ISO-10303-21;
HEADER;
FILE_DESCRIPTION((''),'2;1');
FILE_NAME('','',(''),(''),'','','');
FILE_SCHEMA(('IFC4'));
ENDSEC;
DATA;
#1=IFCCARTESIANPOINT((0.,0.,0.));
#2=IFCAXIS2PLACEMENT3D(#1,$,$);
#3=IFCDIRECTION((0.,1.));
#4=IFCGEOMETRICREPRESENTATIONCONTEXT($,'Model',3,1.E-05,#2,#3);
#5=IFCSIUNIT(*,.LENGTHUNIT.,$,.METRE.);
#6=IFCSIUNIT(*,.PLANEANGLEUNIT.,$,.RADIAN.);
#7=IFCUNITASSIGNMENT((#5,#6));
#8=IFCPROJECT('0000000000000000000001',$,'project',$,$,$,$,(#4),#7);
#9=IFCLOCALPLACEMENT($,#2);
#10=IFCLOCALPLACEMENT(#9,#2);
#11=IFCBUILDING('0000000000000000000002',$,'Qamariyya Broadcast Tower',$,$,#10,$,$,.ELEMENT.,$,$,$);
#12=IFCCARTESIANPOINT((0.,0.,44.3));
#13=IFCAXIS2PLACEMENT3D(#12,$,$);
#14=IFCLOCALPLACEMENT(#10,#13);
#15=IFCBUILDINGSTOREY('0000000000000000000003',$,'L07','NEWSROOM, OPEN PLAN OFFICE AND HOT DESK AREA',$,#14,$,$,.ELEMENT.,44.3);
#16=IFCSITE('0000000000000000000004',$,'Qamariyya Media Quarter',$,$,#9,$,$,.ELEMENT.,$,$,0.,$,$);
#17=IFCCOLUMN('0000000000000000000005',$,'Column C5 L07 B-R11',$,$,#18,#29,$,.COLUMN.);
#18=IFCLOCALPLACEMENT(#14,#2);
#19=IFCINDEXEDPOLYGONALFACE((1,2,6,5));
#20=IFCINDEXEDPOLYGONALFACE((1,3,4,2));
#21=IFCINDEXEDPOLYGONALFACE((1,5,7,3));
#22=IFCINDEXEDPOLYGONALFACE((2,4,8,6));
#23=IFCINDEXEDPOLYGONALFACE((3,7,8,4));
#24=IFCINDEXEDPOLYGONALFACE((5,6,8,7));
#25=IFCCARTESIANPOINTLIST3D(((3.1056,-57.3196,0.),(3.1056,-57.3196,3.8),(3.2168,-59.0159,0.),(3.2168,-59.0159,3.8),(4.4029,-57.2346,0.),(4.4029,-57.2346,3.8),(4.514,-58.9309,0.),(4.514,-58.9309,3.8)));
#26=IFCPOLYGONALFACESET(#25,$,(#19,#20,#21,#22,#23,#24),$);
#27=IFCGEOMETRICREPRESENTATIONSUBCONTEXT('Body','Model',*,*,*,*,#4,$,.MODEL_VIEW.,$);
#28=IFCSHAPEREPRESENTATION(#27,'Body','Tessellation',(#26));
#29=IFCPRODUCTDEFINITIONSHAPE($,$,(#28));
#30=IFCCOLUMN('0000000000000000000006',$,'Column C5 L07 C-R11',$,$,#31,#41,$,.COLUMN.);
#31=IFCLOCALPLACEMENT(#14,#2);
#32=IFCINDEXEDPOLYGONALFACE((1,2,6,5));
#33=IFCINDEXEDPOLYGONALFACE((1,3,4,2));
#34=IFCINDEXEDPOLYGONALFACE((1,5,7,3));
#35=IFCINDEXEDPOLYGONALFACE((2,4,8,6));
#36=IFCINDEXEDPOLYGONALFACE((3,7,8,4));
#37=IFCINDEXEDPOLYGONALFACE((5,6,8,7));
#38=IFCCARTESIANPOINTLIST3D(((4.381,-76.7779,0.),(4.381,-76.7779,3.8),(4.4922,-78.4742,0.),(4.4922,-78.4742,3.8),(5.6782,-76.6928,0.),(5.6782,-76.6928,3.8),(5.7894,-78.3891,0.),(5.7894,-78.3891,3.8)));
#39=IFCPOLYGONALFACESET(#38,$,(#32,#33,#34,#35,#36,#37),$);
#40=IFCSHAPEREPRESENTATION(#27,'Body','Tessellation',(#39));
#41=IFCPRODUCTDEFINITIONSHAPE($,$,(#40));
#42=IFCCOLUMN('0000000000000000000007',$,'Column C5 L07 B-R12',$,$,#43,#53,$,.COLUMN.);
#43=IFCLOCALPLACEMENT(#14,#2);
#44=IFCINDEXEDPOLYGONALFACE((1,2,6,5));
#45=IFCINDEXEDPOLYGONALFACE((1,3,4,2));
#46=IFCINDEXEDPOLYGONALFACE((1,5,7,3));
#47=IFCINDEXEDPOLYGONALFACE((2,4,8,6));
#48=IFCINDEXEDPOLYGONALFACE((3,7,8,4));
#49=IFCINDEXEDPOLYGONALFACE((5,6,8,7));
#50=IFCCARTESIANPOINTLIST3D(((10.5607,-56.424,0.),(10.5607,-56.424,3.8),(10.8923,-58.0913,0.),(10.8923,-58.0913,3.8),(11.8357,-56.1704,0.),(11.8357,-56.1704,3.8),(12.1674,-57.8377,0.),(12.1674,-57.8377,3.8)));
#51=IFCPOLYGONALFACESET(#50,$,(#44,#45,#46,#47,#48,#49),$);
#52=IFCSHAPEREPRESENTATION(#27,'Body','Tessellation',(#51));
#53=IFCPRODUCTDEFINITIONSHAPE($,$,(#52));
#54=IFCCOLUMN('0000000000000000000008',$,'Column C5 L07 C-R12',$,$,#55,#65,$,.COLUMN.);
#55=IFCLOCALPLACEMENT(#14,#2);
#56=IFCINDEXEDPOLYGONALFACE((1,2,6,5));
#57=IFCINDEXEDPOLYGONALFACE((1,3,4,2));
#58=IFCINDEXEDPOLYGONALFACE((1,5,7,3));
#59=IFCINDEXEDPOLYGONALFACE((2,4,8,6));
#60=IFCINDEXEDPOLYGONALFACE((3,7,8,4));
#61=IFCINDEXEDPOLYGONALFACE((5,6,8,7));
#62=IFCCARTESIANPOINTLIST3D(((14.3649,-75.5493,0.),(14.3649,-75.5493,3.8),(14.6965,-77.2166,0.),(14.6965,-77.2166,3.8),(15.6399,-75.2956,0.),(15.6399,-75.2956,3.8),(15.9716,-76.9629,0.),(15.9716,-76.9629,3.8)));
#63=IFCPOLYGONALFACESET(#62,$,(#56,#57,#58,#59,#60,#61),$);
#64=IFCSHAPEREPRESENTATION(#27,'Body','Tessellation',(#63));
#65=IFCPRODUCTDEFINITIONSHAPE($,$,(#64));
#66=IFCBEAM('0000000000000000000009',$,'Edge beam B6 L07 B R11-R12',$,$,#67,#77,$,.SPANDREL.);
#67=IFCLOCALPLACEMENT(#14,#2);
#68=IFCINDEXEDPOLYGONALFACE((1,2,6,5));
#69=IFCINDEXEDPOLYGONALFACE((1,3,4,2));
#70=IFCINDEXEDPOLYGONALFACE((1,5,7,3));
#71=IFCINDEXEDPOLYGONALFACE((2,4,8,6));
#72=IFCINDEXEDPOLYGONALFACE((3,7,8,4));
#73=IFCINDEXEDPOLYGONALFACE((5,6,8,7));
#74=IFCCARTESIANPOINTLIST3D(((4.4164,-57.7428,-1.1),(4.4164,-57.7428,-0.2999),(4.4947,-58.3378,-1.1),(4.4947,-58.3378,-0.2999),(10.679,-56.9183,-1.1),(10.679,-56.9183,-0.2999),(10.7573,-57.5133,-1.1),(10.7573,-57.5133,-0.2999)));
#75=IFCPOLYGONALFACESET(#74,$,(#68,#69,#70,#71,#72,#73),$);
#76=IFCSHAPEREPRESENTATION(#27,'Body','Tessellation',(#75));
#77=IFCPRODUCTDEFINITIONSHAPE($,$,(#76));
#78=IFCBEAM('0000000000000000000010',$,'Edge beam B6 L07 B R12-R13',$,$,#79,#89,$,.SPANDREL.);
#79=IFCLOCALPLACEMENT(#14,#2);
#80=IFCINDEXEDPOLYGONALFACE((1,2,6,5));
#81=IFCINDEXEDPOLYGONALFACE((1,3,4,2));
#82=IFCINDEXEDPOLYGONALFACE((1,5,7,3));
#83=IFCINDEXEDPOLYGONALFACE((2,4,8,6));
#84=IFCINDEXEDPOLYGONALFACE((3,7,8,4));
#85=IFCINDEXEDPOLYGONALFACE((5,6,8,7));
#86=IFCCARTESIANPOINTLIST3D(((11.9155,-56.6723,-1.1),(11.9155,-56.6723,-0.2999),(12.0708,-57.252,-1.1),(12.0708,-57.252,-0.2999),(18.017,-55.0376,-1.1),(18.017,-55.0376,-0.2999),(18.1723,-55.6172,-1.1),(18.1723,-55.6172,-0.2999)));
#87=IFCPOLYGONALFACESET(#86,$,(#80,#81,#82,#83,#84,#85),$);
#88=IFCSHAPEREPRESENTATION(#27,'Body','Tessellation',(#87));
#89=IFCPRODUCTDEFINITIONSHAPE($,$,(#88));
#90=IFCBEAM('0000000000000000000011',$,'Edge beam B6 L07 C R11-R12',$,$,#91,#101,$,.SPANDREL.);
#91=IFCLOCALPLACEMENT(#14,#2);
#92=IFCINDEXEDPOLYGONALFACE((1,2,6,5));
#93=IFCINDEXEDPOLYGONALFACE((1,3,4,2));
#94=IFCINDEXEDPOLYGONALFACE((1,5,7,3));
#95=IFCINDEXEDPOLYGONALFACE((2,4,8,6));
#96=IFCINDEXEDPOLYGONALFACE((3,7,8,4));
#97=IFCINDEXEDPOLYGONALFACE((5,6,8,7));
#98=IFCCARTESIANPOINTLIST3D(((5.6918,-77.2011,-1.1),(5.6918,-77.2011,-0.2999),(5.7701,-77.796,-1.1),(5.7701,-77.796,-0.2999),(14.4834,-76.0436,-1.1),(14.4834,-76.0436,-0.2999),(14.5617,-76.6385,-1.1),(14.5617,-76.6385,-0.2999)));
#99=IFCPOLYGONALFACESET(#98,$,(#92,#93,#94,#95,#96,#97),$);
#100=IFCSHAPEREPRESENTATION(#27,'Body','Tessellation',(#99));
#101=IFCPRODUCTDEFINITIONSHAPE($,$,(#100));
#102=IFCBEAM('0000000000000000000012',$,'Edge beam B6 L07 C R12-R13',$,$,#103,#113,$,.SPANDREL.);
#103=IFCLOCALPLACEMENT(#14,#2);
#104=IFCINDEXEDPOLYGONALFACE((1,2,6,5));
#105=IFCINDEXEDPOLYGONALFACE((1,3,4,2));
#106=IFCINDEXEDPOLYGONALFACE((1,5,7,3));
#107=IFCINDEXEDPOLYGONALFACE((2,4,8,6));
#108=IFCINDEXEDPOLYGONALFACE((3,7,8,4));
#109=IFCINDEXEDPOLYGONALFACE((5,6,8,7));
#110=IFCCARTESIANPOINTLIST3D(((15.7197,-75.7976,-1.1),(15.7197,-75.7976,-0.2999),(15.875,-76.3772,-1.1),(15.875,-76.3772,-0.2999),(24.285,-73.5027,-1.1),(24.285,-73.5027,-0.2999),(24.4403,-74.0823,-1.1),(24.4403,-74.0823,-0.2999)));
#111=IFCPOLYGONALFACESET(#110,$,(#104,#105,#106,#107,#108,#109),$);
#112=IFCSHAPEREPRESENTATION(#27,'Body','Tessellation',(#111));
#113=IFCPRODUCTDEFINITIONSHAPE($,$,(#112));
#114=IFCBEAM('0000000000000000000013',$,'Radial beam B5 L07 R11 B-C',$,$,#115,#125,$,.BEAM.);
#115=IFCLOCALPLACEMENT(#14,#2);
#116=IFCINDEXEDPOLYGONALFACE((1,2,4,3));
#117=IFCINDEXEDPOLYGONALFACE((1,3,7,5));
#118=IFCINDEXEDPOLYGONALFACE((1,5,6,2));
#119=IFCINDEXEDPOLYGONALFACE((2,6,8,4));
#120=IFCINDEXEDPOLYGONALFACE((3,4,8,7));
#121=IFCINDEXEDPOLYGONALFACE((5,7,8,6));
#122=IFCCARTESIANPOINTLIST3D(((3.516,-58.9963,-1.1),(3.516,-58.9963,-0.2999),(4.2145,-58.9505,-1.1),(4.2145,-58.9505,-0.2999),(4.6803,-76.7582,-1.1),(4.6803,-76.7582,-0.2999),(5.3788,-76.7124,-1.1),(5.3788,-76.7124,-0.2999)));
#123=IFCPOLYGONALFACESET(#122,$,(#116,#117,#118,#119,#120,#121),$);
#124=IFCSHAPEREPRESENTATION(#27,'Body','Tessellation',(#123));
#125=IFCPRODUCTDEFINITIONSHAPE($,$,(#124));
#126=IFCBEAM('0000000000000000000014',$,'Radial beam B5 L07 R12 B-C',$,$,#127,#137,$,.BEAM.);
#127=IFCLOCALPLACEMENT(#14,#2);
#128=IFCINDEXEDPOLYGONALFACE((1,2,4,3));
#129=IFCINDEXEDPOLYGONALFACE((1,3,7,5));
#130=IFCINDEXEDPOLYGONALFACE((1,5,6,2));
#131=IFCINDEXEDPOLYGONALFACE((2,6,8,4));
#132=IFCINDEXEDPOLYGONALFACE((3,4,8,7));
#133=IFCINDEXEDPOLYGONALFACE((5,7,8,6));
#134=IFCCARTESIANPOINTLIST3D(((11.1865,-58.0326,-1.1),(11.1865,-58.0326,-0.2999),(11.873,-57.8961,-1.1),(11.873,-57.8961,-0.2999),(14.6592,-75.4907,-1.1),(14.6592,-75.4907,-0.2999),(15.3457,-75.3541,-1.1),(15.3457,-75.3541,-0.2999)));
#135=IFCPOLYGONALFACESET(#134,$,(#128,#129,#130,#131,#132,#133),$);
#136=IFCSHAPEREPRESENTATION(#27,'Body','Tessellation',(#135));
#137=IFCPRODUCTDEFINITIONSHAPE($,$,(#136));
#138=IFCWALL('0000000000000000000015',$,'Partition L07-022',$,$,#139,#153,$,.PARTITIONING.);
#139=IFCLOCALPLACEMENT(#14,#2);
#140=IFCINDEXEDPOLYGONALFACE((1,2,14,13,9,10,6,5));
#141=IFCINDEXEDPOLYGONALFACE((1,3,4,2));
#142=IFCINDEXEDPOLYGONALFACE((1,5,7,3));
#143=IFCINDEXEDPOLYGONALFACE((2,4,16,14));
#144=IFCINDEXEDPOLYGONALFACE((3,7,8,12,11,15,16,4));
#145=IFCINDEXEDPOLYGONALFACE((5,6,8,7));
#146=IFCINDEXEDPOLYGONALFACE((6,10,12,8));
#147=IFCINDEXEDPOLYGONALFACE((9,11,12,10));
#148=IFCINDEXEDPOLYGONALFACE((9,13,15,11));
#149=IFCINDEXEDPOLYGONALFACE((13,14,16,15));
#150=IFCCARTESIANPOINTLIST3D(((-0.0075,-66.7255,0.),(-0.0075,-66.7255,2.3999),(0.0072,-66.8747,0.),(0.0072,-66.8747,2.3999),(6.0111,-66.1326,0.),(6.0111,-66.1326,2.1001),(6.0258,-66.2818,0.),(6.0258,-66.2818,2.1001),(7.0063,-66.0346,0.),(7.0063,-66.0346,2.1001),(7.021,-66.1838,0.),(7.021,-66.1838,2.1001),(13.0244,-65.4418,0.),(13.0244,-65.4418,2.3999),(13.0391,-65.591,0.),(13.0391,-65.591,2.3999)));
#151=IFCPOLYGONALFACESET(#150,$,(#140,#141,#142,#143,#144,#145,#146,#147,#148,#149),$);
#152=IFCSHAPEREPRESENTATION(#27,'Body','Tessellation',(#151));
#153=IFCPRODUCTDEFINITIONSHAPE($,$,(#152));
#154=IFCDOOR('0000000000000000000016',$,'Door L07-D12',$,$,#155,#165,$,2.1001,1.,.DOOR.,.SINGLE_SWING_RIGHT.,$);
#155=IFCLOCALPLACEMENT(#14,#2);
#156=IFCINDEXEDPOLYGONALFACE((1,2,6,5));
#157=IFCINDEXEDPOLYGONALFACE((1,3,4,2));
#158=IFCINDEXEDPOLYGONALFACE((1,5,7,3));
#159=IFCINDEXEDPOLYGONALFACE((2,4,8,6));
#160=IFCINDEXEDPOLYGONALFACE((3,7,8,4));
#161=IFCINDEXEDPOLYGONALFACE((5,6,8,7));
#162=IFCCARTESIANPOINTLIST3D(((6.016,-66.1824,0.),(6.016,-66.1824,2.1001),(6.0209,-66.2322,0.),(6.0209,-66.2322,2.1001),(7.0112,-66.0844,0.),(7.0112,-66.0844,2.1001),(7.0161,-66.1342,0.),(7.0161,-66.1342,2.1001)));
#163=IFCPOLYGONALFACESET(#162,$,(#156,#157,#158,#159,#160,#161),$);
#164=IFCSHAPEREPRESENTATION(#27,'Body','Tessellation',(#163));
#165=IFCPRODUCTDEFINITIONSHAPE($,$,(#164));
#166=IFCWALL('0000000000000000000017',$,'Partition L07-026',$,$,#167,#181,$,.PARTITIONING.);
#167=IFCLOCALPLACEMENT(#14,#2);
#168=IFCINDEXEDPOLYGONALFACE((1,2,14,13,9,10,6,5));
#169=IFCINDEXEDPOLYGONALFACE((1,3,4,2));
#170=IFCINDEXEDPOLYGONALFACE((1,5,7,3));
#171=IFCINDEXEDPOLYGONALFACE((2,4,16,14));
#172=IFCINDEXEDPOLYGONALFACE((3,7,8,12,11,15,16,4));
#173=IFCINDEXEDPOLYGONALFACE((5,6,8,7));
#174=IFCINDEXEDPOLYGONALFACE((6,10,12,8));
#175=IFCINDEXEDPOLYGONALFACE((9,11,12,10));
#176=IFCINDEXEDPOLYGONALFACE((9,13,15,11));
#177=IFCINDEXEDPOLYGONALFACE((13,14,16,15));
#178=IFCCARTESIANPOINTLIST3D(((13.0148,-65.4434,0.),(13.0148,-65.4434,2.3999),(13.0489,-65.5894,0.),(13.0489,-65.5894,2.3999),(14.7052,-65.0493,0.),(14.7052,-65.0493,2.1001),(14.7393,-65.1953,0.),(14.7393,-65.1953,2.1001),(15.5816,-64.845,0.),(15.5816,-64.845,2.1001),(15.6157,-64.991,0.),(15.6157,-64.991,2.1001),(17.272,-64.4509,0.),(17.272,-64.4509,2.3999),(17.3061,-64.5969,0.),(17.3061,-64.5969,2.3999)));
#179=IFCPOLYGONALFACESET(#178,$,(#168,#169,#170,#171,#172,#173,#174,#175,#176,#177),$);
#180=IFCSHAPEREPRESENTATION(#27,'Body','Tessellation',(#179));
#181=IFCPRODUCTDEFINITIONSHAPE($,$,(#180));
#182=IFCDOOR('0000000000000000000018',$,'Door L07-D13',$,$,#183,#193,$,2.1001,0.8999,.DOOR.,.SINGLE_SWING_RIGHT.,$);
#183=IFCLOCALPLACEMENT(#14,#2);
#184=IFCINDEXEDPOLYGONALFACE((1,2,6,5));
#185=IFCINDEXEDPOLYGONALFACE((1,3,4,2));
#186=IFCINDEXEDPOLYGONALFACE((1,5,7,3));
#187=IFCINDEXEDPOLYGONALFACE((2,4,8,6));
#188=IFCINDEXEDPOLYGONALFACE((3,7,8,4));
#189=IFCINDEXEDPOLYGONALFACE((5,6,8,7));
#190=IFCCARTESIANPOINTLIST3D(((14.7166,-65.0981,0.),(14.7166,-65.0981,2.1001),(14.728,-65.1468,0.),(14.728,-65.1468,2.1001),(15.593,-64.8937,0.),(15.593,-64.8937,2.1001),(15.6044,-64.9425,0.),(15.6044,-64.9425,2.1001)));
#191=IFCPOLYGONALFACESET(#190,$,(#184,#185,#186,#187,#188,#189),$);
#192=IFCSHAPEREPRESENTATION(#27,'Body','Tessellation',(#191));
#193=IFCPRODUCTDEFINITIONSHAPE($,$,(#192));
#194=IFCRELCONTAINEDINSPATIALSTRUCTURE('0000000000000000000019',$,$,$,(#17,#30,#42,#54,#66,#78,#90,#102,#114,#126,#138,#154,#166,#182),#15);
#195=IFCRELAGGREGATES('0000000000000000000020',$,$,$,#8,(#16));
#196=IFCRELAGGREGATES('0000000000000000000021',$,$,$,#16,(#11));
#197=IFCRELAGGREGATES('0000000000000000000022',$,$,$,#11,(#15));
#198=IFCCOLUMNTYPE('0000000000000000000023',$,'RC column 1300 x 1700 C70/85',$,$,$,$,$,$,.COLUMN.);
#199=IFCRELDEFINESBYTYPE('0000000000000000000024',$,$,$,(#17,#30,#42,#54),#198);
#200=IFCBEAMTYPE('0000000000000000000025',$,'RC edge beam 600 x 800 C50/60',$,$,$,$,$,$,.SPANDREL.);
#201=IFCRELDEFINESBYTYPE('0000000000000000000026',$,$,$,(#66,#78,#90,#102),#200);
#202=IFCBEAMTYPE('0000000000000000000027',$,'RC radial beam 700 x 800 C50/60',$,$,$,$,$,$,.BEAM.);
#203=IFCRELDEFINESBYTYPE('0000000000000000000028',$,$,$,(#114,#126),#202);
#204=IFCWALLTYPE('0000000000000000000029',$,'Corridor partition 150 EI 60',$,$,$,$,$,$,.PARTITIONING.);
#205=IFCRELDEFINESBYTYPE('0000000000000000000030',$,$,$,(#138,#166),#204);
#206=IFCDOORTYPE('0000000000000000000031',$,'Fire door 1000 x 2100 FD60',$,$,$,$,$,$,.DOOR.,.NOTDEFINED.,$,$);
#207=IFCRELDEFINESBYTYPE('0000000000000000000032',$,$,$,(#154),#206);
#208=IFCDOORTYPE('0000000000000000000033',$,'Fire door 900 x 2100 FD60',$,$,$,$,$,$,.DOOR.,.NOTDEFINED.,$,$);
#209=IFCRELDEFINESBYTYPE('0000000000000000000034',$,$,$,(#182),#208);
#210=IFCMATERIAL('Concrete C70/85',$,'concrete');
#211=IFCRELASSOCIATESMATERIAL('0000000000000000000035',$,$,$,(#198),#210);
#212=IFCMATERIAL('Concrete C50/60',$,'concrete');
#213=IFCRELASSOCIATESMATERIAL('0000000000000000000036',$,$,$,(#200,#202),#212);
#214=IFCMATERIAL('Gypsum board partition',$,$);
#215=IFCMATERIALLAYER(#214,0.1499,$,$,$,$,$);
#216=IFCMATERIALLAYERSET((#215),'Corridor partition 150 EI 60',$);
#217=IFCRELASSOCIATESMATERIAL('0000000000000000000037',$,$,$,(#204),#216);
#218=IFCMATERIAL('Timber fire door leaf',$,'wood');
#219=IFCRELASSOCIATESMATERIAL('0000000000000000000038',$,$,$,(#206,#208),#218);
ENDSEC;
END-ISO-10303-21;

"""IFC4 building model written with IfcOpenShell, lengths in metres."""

from ifc_helpers import new_model, si_unit, direction, frame, frame_2d, origin, origin_2d, place, context, subcontext, project, spatial, rectangle, extrude, material, layer, layer_set, material_profile, profile_set, type_object, element, fill, save


model = new_model("IFC4")

# Units and contexts
model_context = context("Model", 3, precision=1e-05, world=origin(), true_north=direction((0.0, 1.0)))
body_context = subcontext(model_context, "Body", "Model", "MODEL_VIEW")
ifc_project = project(units=[si_unit("LENGTHUNIT", "METRE"), si_unit("PLANEANGLEUNIT", "RADIAN")], contexts=[model_context])

# Site, building, storey
site_placement = place(None, origin())
site = spatial("IfcSite", under=ifc_project, at=site_placement, Name="Qamariyya Media Quarter", CompositionType="ELEMENT", RefElevation=0.0)
building_placement = place(site_placement, origin())
building = spatial("IfcBuilding", under=site, at=building_placement, Name="Qamariyya Broadcast Tower", CompositionType="ELEMENT")
storey_placement = place(building_placement, frame((0.0, 0.0, 44.3)))
storey = spatial("IfcBuildingStorey", under=building, at=storey_placement, Name="L07", Description="NEWSROOM, OPEN PLAN OFFICE AND HOT DESK AREA", CompositionType="ELEMENT", Elevation=44.3)

# Columns
ifc_material_1 = material(Name="Concrete C70/85", Category="concrete")
ifc_material_profile_1 = material_profile(ifc_material_1, rectangle(XDim=1.3, YDim=1.7, at=origin_2d()))
ifc_profile_set_1 = profile_set([ifc_material_profile_1], Name="Concrete C70/85")
column_type = type_object("IfcColumnType", Name="RC column 1300 x 1700 C70/85", PredefinedType="COLUMN", material=ifc_profile_set_1)
for number, where, z_axis, x_axis, name in (
    (1, (3.8098, -58.1252, 0.0), (0.0, 0.0, 1.0), (0.997859, 0.065403, 0.0), "Column C5 L07 B-R11"),
    (2, (5.0852, -77.5835, 0.0), (0.0, 0.0, 1.0), (0.997859, 0.065403, 0.0), "Column C5 L07 C-R11"),
    (3, (11.364, -57.1309, 0.0), (0.0, 0.0, 1.0), (0.980785, 0.19509, 0.0), "Column C5 L07 B-R12"),
    (4, (15.1682, -76.2561, 0.0), (0.0, 0.0, 1.0), (0.980785, 0.19509, 0.0), "Column C5 L07 C-R12"),
):
    element("IfcColumn", number, at=place(storey_placement, frame(where, z_axis=z_axis, x_axis=x_axis)), inside=storey, type_object=column_type, Name=name, PredefinedType="COLUMN", context=body_context, shape_type="SweptSolid", body=[
        extrude(rectangle(XDim=1.3, YDim=1.7, at=origin_2d()), origin(), (0.0, 0.0, 1.0), 3.8),
    ])

# Beams
ifc_material_2 = material(Name="Concrete C50/60", Category="concrete")
ifc_material_profile_2 = material_profile(ifc_material_2, rectangle(XDim=0.6001, YDim=0.8, at=origin_2d()))
ifc_profile_set_2 = profile_set([ifc_material_profile_2], Name="Concrete C50/60")
beam_type_1 = type_object("IfcBeamType", Name="RC edge beam 600 x 800 C50/60", PredefinedType="SPANDREL", material=ifc_profile_set_2)
for number, where, z_axis, x_axis, name in (
    (5, (4.4556, -58.0403, -0.7), (0.991446, 0.13052, 0.0), (-0.13052, 0.991446, 0.0), "Edge beam B6 L07 B R11-R12"),
    (6, (11.9932, -56.9622, -0.7), (0.965931, 0.258798, 0.0), (-0.258798, 0.965931, 0.0), "Edge beam B6 L07 B R12-R13"),
):
    element("IfcBeam", number, at=place(storey_placement, frame(where, z_axis=z_axis, x_axis=x_axis)), inside=storey, type_object=beam_type_1, Name=name, PredefinedType="SPANDREL", context=body_context, shape_type="SweptSolid", body=[
        extrude(rectangle(XDim=0.6001, YDim=0.8, at=origin_2d()), origin(), (0.0, 0.0, 1.0), 6.3167),
    ])
for number, where, z_axis, x_axis, name in (
    (7, (5.731, -77.4985, -0.7), (0.991444, 0.130531, 0.0), (-0.130531, 0.991444, 0.0), "Edge beam B6 L07 C R11-R12"),
    (8, (15.7974, -76.0874, -0.7), (0.965931, 0.2588, 0.0), (-0.2588, 0.965931, 0.0), "Edge beam B6 L07 C R12-R13"),
):
    element("IfcBeam", number, at=place(storey_placement, frame(where, z_axis=z_axis, x_axis=x_axis)), inside=storey, type_object=beam_type_1, Name=name, PredefinedType="SPANDREL", context=body_context, shape_type="SweptSolid", body=[
        extrude(rectangle(XDim=0.6001, YDim=0.8, at=origin_2d()), origin(), (0.0, 0.0, 1.0), 8.8674),
    ])
ifc_material_profile_3 = material_profile(ifc_material_2, rectangle(XDim=0.7, YDim=0.8, at=origin_2d()))
ifc_profile_set_3 = profile_set([ifc_material_profile_3], Name="Concrete C50/60")
beam_type_2 = type_object("IfcBeamType", Name="RC radial beam 700 x 800 C50/60", PredefinedType="BEAM", material=ifc_profile_set_3)
for number, where, z_axis, x_axis, name in (
    (9, (3.8652, -58.9734, -0.7), (0.06541, -0.997858, 0.0), (0.997858, 0.06541, 0.0), "Radial beam B5 L07 R11 B-C"),
    (10, (11.5298, -57.9644, -0.7), (0.195093, -0.980785, 0.0), (0.980785, 0.195093, 0.0), "Radial beam B5 L07 R12 B-C"),
):
    element("IfcBeam", number, at=place(storey_placement, frame(where, z_axis=z_axis, x_axis=x_axis)), inside=storey, type_object=beam_type_2, Name=name, PredefinedType="BEAM", context=body_context, shape_type="SweptSolid", body=[
        extrude(rectangle(XDim=0.7, YDim=0.8, at=origin_2d()), origin(), (0.0, 0.0, 1.0), 17.8),
    ])

# Walls, openings, doors
ifc_material_3 = material(Name="Gypsum board partition")
ifc_layer_1 = layer(ifc_material_3, 0.1499)
ifc_layer_set_1 = layer_set([ifc_layer_1], Name="Corridor partition 150 EI 60")
wall_type_1 = type_object("IfcWallType", Name="Corridor partition 150 EI 60", PredefinedType="PARTITIONING", material=ifc_layer_set_1)
wall_1_placement = place(storey_placement, frame((0.0, -66.8, 0.0), z_axis=(0.0, 0.0, 1.0), x_axis=(0.995184, 0.098029, 0.0)))
wall_1 = element("IfcWall", 11, at=wall_1_placement, inside=storey, type_object=wall_type_1, Name="Partition L07-022", PredefinedType="PARTITIONING", context=body_context, shape_type="SweptSolid", body=[
    extrude(rectangle(XDim=13.095, YDim=0.1499, at=frame_2d((6.5474, 0.0))), origin(), (0.0, 0.0, 1.0), 2.3999),
])
opening_1_placement = place(wall_1_placement, frame((6.0476, 0.0, 0.0)))
opening_1 = element("IfcOpeningElement", 12, at=opening_1_placement, cuts=wall_1, PredefinedType="OPENING", context=body_context, shape_type="SweptSolid", body=[
    extrude(rectangle(XDim=1.0, YDim=2.1001, at=frame_2d((0.5, 1.05))), frame((0.0, 0.085, 0.0), z_axis=(0.0, -1.0, 0.0), x_axis=(1.0, 0.0, 0.0)), (0.0, 0.0, 1.0), 0.1699),
])
ifc_material_4 = material(Name="Timber fire door leaf", Category="wood")
door_type_1 = type_object("IfcDoorType", Name="Fire door 1000 x 2100 FD60", OperationType="NOTDEFINED", PredefinedType="DOOR", material=ifc_material_4)
door_1_placement = place(opening_1_placement, origin())
door_1 = element("IfcDoor", 13, at=door_1_placement, inside=storey, type_object=door_type_1, Name="Door L07-D12", OperationType="SINGLE_SWING_RIGHT", OverallHeight=2.1001, OverallWidth=1.0, PredefinedType="DOOR", context=body_context, shape_type="SweptSolid", body=[
    extrude(rectangle(XDim=1.0, YDim=2.1001, at=frame_2d((0.5, 1.05))), frame((0.0, 0.0249, 0.0), z_axis=(0.0, -1.0, 0.0), x_axis=(1.0, 0.0, 0.0)), (0.0, 0.0, 1.0), 0.05),
])
fill(opening_1, door_1)
wall_2_placement = place(storey_placement, frame((13.032, -65.5164, 0.0), z_axis=(0.0, 0.0, 1.0), x_axis=(0.973886, 0.227037, 0.0)))
wall_2 = element("IfcWall", 14, at=wall_2_placement, inside=storey, type_object=wall_type_1, Name="Partition L07-026", PredefinedType="PARTITIONING", context=body_context, shape_type="SweptSolid", body=[
    extrude(rectangle(XDim=4.3713, YDim=0.1499, at=frame_2d((2.1855, 0.0))), origin(), (0.0, 0.0, 1.0), 2.3999),
])
opening_2_placement = place(wall_2_placement, frame((1.7356, 0.0, 0.0)))
opening_2 = element("IfcOpeningElement", 15, at=opening_2_placement, cuts=wall_2, PredefinedType="OPENING", context=body_context, shape_type="SweptSolid", body=[
    extrude(rectangle(XDim=0.8999, YDim=2.1001, at=frame_2d((0.45, 1.05))), frame((0.0, 0.085, 0.0), z_axis=(0.0, -1.0, 0.0), x_axis=(1.0, 0.0, 0.0)), (0.0, 0.0, 1.0), 0.1699),
])
door_type_2 = type_object("IfcDoorType", Name="Fire door 900 x 2100 FD60", OperationType="NOTDEFINED", PredefinedType="DOOR", material=ifc_material_4)
door_2_placement = place(opening_2_placement, origin())
door_2 = element("IfcDoor", 16, at=door_2_placement, inside=storey, type_object=door_type_2, Name="Door L07-D13", OperationType="SINGLE_SWING_RIGHT", OverallHeight=2.1001, OverallWidth=0.8999, PredefinedType="DOOR", context=body_context, shape_type="SweptSolid", body=[
    extrude(rectangle(XDim=0.8999, YDim=2.1001, at=frame_2d((0.45, 1.05))), frame((0.0, 0.0249, 0.0), z_axis=(0.0, -1.0, 0.0), x_axis=(1.0, 0.0, 0.0)), (0.0, 0.0, 1.0), 0.05),
])
fill(opening_2, door_2)

save(model, "model.ifc")
